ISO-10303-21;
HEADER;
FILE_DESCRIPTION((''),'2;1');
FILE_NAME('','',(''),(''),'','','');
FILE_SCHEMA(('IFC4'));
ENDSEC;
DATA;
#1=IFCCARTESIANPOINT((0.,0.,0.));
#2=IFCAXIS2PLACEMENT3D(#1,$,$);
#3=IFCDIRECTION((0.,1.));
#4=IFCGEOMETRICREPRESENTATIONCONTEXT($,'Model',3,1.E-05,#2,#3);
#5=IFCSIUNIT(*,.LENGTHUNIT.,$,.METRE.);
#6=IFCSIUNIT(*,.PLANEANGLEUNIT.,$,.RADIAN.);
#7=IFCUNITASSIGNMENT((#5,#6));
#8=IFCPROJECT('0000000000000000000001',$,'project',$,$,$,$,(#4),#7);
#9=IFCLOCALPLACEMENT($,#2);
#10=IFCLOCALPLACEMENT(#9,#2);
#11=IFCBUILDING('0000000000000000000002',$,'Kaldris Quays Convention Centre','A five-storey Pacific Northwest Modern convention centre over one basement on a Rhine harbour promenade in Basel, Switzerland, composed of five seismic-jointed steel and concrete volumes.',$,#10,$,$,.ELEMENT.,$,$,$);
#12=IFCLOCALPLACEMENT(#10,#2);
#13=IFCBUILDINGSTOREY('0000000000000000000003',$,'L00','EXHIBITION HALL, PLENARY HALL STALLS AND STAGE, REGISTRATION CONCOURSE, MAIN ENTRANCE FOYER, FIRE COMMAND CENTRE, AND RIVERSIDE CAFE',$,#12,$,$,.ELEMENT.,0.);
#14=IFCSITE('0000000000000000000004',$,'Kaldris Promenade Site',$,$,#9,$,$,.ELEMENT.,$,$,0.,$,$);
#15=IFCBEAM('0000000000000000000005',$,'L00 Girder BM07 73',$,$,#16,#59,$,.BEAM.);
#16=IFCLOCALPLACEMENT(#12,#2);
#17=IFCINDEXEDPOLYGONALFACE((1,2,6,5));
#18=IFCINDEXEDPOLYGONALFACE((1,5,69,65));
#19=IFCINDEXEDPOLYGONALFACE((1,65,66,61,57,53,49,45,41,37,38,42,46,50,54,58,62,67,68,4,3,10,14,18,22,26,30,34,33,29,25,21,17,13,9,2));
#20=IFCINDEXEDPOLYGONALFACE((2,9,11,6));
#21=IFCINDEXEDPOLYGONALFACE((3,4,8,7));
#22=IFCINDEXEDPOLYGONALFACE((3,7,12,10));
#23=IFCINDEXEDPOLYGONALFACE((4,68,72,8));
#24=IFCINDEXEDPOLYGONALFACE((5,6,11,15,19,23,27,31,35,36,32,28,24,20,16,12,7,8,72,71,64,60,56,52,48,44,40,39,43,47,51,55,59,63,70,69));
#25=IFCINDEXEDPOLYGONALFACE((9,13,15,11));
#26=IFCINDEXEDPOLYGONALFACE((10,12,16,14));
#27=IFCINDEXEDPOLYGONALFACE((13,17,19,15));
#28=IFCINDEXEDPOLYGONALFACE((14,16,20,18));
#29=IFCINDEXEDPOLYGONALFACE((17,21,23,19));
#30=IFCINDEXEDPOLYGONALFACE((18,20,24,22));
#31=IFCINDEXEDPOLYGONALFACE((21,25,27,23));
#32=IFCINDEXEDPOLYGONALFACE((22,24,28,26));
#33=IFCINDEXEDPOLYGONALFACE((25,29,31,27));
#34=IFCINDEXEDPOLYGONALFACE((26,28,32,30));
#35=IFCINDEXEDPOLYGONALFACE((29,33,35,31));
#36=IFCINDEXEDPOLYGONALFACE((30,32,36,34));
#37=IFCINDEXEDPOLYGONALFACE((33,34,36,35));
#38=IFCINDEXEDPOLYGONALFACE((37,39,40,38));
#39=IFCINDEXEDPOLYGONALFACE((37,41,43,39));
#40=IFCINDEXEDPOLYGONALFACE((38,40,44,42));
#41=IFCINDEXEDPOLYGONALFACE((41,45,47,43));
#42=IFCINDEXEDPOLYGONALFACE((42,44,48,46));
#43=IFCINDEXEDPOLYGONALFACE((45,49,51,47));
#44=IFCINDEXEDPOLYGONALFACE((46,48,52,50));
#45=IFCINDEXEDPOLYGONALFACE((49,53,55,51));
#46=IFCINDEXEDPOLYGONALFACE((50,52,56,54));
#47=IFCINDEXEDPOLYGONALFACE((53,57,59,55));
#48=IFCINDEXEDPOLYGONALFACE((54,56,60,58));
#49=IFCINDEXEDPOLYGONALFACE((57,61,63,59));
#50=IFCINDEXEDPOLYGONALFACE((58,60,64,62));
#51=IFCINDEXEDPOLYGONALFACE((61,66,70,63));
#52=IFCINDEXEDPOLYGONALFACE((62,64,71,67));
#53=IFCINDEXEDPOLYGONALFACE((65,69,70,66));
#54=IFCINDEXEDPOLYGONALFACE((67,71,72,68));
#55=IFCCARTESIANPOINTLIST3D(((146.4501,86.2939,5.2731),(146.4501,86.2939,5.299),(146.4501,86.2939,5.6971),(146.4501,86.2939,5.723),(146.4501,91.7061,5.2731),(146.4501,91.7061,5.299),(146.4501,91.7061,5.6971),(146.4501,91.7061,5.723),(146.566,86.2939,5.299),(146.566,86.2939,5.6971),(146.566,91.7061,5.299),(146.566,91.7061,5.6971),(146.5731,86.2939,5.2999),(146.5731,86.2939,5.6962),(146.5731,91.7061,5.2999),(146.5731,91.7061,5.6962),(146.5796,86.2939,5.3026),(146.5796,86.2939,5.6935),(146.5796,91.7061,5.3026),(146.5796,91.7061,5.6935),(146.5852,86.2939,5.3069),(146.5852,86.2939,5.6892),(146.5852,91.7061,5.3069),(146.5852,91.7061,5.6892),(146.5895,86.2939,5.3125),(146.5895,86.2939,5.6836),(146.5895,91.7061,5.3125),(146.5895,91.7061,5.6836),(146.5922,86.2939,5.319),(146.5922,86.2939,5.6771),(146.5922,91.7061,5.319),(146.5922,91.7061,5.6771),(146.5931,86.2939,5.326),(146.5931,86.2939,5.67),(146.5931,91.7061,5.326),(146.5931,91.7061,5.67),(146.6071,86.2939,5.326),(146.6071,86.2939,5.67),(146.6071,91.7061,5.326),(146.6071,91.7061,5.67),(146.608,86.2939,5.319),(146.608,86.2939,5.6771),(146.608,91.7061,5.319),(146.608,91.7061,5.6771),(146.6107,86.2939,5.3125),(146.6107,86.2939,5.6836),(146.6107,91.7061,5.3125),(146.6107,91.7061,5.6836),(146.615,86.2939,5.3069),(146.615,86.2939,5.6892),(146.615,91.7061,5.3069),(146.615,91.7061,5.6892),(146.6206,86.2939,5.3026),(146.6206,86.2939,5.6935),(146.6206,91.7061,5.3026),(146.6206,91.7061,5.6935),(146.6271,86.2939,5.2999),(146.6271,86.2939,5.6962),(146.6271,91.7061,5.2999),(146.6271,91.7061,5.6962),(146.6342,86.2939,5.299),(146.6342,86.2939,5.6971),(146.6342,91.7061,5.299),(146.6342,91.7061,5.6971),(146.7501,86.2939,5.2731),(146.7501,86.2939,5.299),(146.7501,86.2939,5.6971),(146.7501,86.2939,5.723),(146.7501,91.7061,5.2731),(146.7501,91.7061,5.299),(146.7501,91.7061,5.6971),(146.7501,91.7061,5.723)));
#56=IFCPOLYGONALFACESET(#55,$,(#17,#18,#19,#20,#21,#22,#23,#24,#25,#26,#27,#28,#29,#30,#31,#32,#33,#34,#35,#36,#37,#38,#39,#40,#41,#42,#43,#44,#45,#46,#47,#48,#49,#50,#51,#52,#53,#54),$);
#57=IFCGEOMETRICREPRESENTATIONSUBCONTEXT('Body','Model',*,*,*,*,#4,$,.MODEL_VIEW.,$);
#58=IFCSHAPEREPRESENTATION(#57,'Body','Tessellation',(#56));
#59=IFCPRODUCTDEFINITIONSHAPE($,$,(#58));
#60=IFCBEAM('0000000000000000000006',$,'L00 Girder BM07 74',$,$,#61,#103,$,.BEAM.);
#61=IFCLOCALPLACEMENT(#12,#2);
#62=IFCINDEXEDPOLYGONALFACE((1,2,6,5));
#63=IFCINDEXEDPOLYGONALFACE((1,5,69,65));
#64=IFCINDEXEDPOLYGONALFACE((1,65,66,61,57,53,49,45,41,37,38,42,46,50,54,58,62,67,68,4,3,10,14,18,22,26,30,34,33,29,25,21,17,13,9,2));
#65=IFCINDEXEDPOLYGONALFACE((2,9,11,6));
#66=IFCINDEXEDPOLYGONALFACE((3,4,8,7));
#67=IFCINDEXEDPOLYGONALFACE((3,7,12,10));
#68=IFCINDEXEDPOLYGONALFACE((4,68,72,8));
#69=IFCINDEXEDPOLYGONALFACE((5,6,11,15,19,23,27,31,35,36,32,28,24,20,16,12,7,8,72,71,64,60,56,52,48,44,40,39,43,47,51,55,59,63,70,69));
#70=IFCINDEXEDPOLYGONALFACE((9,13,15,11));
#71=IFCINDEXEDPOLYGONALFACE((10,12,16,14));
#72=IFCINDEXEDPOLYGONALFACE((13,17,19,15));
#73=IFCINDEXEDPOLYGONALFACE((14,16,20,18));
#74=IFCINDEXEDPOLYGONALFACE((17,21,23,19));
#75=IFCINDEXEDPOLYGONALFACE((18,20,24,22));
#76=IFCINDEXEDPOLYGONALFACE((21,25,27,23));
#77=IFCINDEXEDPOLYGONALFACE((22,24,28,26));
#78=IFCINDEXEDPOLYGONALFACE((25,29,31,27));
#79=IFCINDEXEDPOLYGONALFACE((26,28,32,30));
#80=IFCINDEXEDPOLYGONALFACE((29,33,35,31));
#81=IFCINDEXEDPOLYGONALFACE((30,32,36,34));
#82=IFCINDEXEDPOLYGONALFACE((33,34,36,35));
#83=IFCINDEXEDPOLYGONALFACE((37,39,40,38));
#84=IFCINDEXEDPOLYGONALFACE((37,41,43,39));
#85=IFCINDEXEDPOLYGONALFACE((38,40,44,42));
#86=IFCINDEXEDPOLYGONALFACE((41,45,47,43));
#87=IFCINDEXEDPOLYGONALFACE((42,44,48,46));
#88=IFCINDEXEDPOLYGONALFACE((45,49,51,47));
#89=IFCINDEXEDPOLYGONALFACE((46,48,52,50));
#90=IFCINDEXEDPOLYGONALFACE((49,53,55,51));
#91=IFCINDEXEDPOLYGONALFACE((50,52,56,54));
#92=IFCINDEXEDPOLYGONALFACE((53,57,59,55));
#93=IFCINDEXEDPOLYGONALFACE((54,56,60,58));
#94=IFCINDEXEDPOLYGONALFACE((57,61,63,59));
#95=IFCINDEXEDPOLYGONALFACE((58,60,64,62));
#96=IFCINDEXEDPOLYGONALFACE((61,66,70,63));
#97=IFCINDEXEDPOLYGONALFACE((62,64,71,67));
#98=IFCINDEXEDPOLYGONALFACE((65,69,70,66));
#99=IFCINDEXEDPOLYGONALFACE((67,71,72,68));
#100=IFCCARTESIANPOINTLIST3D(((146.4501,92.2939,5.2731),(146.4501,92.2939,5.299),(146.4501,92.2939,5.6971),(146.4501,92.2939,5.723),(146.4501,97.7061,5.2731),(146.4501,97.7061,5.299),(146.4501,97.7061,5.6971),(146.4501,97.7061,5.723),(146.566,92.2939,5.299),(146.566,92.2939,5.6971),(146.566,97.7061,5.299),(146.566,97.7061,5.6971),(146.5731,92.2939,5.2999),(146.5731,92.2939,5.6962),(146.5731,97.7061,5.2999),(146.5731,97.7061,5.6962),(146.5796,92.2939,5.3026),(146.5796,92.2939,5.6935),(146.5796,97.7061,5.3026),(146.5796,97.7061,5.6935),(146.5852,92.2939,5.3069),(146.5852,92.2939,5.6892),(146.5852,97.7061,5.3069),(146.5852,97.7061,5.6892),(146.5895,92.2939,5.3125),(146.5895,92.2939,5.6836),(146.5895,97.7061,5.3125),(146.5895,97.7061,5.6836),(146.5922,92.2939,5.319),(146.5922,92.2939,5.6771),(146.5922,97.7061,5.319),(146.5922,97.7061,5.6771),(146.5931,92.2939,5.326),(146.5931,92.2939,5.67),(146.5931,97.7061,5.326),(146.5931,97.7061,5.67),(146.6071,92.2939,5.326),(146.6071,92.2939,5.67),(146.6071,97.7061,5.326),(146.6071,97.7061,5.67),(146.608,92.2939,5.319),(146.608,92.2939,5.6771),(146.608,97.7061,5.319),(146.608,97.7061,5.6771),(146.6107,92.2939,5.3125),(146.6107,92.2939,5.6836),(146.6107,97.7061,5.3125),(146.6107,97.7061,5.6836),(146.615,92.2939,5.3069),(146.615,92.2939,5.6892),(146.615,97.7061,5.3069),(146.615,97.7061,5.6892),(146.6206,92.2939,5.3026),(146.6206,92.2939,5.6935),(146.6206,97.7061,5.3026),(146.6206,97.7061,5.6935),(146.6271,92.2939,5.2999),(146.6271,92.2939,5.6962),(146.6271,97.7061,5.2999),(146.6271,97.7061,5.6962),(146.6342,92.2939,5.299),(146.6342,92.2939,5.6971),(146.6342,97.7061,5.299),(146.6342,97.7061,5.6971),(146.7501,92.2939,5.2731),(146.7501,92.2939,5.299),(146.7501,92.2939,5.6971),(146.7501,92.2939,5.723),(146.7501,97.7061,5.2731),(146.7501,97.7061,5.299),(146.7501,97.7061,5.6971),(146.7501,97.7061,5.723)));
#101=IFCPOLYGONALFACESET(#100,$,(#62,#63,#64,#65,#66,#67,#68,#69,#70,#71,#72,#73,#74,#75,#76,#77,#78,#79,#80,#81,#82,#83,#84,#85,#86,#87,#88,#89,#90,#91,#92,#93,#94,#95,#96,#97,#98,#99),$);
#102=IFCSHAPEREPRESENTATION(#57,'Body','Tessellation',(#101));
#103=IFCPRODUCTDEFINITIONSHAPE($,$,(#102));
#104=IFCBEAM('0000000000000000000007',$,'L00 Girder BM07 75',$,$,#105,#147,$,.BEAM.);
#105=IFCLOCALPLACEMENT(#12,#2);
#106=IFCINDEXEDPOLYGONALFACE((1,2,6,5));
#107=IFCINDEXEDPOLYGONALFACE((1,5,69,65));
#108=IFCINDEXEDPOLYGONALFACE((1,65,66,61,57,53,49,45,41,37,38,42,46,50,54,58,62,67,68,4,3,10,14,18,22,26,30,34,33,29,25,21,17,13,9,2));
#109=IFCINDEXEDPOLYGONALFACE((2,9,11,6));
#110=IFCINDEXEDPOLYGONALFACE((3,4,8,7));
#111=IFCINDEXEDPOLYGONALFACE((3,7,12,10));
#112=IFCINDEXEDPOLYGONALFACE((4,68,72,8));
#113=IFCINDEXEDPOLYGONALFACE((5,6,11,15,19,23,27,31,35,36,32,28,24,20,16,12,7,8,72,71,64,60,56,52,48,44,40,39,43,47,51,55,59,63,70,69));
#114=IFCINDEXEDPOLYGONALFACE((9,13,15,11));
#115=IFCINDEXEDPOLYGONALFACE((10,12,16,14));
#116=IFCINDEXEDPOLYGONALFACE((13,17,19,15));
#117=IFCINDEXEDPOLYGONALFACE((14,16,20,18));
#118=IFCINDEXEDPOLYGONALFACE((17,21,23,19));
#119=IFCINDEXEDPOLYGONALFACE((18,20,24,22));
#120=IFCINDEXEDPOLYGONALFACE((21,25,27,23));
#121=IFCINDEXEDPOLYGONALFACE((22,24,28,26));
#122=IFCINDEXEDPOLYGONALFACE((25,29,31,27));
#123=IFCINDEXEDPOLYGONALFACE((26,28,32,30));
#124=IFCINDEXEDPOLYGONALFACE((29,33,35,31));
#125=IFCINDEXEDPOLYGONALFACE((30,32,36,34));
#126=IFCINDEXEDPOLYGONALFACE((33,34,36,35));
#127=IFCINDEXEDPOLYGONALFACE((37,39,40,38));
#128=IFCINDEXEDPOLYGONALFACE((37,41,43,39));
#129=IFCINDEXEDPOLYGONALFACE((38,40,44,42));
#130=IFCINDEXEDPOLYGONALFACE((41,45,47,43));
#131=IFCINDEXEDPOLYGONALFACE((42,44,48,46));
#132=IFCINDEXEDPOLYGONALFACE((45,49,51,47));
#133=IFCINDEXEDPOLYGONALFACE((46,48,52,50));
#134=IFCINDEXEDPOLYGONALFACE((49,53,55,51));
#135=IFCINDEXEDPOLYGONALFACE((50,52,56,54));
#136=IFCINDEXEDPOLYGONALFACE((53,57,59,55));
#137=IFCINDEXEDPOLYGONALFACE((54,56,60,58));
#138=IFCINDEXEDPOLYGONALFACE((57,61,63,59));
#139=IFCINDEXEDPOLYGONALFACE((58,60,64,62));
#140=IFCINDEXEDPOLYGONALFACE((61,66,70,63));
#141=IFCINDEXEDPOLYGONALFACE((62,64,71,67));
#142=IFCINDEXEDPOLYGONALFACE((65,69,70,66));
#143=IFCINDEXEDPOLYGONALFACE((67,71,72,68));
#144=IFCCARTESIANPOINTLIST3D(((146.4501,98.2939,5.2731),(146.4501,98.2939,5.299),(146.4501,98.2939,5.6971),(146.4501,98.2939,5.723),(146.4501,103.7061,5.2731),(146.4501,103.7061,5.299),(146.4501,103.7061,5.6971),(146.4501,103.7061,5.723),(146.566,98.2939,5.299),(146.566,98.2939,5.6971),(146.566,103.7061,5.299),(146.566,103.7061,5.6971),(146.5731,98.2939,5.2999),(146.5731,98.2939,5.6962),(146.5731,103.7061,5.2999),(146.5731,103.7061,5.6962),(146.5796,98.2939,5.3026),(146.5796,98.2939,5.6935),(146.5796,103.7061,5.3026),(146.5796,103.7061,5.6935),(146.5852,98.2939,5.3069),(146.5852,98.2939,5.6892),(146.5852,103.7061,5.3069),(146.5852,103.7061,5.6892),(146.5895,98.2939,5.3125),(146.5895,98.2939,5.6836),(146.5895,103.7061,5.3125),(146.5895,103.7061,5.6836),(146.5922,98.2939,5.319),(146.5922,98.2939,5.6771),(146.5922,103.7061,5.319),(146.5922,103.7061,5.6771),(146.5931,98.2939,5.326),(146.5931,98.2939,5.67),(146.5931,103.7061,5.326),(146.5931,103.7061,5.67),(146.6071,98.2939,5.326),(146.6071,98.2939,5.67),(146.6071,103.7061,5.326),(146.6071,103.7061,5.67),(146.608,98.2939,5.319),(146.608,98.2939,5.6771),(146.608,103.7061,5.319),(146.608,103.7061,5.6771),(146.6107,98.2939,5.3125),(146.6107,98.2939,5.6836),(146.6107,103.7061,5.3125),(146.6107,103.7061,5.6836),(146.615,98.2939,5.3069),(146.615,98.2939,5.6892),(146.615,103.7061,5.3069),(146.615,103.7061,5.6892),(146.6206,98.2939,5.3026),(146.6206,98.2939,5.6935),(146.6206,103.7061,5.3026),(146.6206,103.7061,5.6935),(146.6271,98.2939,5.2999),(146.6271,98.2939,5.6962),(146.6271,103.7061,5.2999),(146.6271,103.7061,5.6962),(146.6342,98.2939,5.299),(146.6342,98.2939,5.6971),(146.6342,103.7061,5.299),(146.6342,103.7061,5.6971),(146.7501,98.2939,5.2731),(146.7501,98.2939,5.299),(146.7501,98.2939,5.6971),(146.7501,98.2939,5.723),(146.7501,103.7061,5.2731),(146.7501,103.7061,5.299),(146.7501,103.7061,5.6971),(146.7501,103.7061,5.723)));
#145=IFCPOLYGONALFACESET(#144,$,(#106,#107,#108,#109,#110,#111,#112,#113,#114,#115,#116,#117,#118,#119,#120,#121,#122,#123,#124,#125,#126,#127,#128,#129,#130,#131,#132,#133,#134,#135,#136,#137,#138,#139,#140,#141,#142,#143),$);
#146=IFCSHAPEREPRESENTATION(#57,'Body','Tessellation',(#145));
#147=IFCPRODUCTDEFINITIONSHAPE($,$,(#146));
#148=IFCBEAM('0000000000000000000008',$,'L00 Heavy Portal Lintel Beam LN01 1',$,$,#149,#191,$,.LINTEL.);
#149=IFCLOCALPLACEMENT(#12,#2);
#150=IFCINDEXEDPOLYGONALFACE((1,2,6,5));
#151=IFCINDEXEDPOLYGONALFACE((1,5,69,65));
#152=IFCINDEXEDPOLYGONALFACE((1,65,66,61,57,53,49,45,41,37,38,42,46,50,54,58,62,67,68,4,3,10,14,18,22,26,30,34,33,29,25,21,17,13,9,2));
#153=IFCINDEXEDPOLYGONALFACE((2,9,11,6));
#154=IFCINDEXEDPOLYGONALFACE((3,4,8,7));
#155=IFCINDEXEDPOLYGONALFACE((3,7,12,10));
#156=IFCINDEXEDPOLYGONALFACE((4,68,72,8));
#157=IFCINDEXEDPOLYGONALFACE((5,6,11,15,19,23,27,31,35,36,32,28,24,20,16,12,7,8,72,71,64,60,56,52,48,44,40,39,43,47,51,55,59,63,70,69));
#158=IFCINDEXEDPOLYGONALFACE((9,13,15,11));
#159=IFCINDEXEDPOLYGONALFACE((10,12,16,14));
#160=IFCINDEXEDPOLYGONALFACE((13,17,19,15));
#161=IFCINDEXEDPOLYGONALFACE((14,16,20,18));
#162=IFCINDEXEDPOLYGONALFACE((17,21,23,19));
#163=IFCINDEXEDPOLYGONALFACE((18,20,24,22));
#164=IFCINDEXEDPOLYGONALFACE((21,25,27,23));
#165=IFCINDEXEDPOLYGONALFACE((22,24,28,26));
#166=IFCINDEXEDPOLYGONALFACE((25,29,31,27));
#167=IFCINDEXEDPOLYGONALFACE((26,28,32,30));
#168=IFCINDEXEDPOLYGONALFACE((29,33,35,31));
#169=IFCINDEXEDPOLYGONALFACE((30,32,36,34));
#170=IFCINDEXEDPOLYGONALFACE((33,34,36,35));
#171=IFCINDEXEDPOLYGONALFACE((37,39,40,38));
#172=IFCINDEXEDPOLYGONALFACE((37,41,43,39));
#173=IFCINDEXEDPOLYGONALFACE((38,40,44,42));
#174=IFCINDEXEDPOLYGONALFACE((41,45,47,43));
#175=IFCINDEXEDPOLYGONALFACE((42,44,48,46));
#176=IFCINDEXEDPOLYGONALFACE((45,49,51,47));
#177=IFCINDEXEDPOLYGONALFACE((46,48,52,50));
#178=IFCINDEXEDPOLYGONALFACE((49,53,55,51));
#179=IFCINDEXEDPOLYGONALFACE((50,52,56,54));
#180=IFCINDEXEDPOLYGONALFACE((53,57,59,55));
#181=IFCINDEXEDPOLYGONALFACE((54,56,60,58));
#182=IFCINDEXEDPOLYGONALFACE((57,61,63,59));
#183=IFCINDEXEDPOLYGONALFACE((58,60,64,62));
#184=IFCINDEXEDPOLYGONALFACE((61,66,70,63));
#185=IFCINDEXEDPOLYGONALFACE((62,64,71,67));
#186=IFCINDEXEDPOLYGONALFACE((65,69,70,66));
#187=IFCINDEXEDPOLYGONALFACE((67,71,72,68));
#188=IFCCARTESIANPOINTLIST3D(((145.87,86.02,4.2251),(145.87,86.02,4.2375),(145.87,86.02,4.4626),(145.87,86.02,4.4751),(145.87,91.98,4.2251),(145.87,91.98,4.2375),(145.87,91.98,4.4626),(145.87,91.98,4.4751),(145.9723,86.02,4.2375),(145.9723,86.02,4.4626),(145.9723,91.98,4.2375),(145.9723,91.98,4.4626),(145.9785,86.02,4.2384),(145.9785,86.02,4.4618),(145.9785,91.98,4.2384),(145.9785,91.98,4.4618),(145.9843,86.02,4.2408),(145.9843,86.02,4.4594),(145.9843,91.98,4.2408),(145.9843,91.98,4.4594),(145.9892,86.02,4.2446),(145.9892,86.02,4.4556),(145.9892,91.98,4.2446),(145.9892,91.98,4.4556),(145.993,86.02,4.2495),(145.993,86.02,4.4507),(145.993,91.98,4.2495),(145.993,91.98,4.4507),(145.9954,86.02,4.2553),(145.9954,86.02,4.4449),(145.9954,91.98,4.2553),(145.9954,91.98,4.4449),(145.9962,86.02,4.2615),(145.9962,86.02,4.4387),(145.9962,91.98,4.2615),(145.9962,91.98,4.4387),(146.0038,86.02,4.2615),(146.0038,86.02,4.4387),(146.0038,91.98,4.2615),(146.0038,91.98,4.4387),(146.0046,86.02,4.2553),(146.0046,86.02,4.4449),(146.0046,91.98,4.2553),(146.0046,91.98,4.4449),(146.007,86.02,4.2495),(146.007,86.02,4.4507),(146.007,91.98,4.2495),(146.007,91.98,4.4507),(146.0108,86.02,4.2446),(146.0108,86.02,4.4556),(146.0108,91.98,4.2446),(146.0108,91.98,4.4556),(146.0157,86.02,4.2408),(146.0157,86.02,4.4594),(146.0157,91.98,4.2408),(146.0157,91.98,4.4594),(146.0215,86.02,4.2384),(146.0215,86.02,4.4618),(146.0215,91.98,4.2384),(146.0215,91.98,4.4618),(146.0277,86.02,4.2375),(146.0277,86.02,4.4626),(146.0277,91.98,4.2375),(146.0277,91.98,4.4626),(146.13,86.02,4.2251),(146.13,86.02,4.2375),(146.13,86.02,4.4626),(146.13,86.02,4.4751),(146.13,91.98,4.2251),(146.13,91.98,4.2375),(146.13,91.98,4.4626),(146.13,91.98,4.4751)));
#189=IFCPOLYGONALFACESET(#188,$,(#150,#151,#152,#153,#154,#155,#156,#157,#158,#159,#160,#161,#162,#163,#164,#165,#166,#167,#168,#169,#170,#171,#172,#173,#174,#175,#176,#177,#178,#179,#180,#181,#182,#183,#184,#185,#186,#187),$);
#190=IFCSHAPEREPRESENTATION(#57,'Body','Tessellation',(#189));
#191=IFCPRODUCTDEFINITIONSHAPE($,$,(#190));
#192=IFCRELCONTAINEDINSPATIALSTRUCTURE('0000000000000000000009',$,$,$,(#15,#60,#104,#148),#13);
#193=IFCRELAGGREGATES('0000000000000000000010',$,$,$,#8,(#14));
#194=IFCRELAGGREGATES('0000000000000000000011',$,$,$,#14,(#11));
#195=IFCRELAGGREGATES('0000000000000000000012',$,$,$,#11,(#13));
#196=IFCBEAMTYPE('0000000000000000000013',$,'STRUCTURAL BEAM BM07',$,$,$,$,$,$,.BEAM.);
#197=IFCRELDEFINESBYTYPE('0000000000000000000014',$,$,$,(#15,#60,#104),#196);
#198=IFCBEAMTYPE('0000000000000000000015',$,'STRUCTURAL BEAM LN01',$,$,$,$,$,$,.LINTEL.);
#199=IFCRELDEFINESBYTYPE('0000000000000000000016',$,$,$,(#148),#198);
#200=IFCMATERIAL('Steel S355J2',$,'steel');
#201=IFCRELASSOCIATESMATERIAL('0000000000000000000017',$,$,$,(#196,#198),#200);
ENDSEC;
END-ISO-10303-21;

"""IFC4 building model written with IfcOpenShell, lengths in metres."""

from ifc_helpers import new_model, si_unit, direction, frame, origin, origin_2d, place, context, subcontext, project, spatial, i_section, extrude, material, material_profile, profile_set, type_object, element, save


model = new_model("IFC4")

# Units and contexts
model_context = context("Model", 3, precision=1e-05, world=origin(), true_north=direction((0.0, 1.0)))
body_context = subcontext(model_context, "Body", "Model", "MODEL_VIEW")
ifc_project = project(units=[si_unit("LENGTHUNIT", "METRE"), si_unit("PLANEANGLEUNIT", "RADIAN")], contexts=[model_context])

# Site, building, storey
site_placement = place(None, origin())
site = spatial("IfcSite", under=ifc_project, at=site_placement, Name="Kaldris Promenade Site", CompositionType="ELEMENT", RefElevation=0.0)
building_placement = place(site_placement, origin())
building = spatial("IfcBuilding", under=site, at=building_placement, Name="Kaldris Quays Convention Centre", Description="A five-storey Pacific Northwest Modern convention centre over one basement on a Rhine harbour promenade in Basel, Switzerland, composed of five seismic-jointed steel and concrete volumes.", CompositionType="ELEMENT")
storey_placement = place(building_placement, origin())
storey = spatial("IfcBuildingStorey", under=building, at=storey_placement, Name="L00", Description="EXHIBITION HALL, PLENARY HALL STALLS AND STAGE, REGISTRATION CONCOURSE, MAIN ENTRANCE FOYER, FIRE COMMAND CENTRE, AND RIVERSIDE CAFE", CompositionType="ELEMENT", Elevation=0.0)

# Shared definitions
ifc_material_1 = material(Name="Steel S355J2", Category="steel")

# Beams
ifc_material_profile_1 = material_profile(ifc_material_1, i_section(OverallWidth=0.3, OverallDepth=0.45, WebThickness=0.0139, FlangeThickness=0.0259, FilletRadius=0.0271, at=origin_2d()), Name="HEB 450")
ifc_profile_set_1 = profile_set([ifc_material_profile_1], Name="Steel S355J2")
beam_type_1 = type_object("IfcBeamType", Name="STRUCTURAL BEAM BM07", PredefinedType="BEAM", material=ifc_profile_set_1)
for number, where, z_axis, x_axis, name in (
    (1, (146.6001, 86.2939, 5.498), (0.0, 1.0, 0.0), (-1.0, 0.0, 0.0), "L00 Girder BM07 73"),
    (2, (146.6001, 92.2939, 5.498), (0.0, 1.0, 0.0), (-1.0, 0.0, 0.0), "L00 Girder BM07 74"),
    (3, (146.6001, 98.2939, 5.498), (0.0, 1.0, 0.0), (-1.0, 0.0, 0.0), "L00 Girder BM07 75"),
):
    element("IfcBeam", number, at=place(storey_placement, frame(where, z_axis=z_axis, x_axis=x_axis)), inside=storey, type_object=beam_type_1, Name=name, PredefinedType="BEAM", context=body_context, shape_type="SweptSolid", body=[
        extrude(i_section(OverallWidth=0.3, OverallDepth=0.45, WebThickness=0.0139, FlangeThickness=0.0259, FilletRadius=0.0271, at=origin_2d()), origin(), (0.0, 0.0, 1.0), 5.4121),
    ])
ifc_material_profile_2 = material_profile(ifc_material_1, i_section(OverallWidth=0.26, OverallDepth=0.25, WebThickness=0.0076, FlangeThickness=0.0125, FilletRadius=0.0239, at=origin_2d()), Name="HEA 260")
ifc_profile_set_2 = profile_set([ifc_material_profile_2], Name="Steel S355J2")
beam_type_2 = type_object("IfcBeamType", Name="STRUCTURAL BEAM LN01", PredefinedType="LINTEL", material=ifc_profile_set_2)
beam_1_placement = place(storey_placement, frame((146.0, 86.02, 4.3501), z_axis=(0.0, 1.0, 0.0), x_axis=(-1.0, 0.0, 0.0)))
element("IfcBeam", 4, at=beam_1_placement, inside=storey, type_object=beam_type_2, Name="L00 Heavy Portal Lintel Beam LN01 1", PredefinedType="LINTEL", context=body_context, shape_type="SweptSolid", body=[
    extrude(i_section(OverallWidth=0.26, OverallDepth=0.25, WebThickness=0.0076, FlangeThickness=0.0125, FilletRadius=0.0239, at=origin_2d()), origin(), (0.0, 0.0, 1.0), 5.96),
])

save(model, "model.ifc")
